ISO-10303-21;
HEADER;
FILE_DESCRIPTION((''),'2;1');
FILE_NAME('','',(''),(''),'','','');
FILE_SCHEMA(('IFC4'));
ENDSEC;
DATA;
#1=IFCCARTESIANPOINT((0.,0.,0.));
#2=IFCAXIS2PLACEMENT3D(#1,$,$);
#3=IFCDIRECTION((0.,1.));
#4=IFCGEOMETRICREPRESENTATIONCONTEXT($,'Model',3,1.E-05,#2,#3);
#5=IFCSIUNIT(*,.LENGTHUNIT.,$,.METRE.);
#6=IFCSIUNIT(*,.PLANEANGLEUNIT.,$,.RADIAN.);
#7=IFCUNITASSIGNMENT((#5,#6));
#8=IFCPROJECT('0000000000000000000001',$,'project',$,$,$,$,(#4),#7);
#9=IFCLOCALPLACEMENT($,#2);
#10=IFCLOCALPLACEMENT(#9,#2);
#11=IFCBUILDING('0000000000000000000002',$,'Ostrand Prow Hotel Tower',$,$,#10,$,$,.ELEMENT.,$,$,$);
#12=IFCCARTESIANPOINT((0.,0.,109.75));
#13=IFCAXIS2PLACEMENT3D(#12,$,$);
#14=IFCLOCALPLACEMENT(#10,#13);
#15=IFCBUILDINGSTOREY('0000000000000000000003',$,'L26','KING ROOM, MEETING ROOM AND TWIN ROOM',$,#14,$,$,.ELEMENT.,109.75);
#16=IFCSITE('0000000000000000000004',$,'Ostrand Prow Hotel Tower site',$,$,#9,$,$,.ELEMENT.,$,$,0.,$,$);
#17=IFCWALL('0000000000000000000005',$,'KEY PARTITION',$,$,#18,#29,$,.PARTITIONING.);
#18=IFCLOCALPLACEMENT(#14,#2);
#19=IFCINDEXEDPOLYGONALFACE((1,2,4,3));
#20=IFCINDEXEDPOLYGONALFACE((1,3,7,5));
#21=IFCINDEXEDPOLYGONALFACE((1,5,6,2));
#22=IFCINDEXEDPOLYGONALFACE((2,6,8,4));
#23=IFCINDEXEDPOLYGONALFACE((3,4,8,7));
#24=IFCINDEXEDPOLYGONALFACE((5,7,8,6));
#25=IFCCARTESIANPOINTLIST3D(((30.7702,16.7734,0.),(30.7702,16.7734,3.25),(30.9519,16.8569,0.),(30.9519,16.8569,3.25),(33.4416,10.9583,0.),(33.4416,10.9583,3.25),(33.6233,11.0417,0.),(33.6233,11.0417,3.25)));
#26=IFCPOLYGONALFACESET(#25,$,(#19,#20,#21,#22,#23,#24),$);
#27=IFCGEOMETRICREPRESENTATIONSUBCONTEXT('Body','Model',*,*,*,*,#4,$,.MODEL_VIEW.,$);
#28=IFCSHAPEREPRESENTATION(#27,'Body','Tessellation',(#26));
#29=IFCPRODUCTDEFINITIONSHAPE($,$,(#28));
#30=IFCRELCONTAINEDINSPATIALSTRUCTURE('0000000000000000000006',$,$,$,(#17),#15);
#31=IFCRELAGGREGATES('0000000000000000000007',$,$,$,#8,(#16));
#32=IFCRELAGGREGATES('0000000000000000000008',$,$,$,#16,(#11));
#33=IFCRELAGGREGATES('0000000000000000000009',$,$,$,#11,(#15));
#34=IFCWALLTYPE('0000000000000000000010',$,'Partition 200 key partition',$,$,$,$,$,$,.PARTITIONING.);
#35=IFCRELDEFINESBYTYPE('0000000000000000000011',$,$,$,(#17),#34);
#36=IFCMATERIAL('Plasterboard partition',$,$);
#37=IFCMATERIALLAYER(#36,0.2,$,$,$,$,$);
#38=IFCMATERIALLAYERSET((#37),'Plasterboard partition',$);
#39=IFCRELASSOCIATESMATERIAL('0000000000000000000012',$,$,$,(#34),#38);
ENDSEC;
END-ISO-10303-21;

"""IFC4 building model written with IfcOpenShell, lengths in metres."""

from ifc_helpers import new_model, si_unit, direction, frame, frame_2d, origin, place, context, subcontext, project, spatial, rectangle, extrude, material, layer, layer_set, type_object, element, save


model = new_model("IFC4")

# Units and contexts
model_context = context("Model", 3, precision=1e-05, world=origin(), true_north=direction((0.0, 1.0)))
body_context = subcontext(model_context, "Body", "Model", "MODEL_VIEW")
ifc_project = project(units=[si_unit("LENGTHUNIT", "METRE"), si_unit("PLANEANGLEUNIT", "RADIAN")], contexts=[model_context])

# Site, building, storey
site_placement = place(None, origin())
site = spatial("IfcSite", under=ifc_project, at=site_placement, Name="Ostrand Prow Hotel Tower site", CompositionType="ELEMENT", RefElevation=0.0)
building_placement = place(site_placement, origin())
building = spatial("IfcBuilding", under=site, at=building_placement, Name="Ostrand Prow Hotel Tower", CompositionType="ELEMENT")
storey_placement = place(building_placement, frame((0.0, 0.0, 109.75)))
storey = spatial("IfcBuildingStorey", under=building, at=storey_placement, Name="L26", Description="KING ROOM, MEETING ROOM AND TWIN ROOM", CompositionType="ELEMENT", Elevation=109.75)

# Wall
ifc_material_1 = material(Name="Plasterboard partition")
ifc_layer_1 = layer(ifc_material_1, 0.2)
ifc_layer_set_1 = layer_set([ifc_layer_1], Name="Plasterboard partition")
wall_type_1 = type_object("IfcWallType", Name="Partition 200 key partition", PredefinedType="PARTITIONING", material=ifc_layer_set_1)
wall_1_placement = place(storey_placement, frame((33.5325, 11.0, 0.0), z_axis=(0.0, 0.0, 1.0), x_axis=(-0.417441, 0.908704, 0.0)))
element("IfcWall", 1, at=wall_1_placement, inside=storey, type_object=wall_type_1, Name="KEY PARTITION", PredefinedType="PARTITIONING", context=body_context, shape_type="SweptSolid", body=[
    extrude(rectangle(XDim=6.3994, YDim=0.2, at=frame_2d((3.1997, 0.0))), origin(), (0.0, 0.0, 1.0), 3.25),
])

save(model, "model.ifc")
